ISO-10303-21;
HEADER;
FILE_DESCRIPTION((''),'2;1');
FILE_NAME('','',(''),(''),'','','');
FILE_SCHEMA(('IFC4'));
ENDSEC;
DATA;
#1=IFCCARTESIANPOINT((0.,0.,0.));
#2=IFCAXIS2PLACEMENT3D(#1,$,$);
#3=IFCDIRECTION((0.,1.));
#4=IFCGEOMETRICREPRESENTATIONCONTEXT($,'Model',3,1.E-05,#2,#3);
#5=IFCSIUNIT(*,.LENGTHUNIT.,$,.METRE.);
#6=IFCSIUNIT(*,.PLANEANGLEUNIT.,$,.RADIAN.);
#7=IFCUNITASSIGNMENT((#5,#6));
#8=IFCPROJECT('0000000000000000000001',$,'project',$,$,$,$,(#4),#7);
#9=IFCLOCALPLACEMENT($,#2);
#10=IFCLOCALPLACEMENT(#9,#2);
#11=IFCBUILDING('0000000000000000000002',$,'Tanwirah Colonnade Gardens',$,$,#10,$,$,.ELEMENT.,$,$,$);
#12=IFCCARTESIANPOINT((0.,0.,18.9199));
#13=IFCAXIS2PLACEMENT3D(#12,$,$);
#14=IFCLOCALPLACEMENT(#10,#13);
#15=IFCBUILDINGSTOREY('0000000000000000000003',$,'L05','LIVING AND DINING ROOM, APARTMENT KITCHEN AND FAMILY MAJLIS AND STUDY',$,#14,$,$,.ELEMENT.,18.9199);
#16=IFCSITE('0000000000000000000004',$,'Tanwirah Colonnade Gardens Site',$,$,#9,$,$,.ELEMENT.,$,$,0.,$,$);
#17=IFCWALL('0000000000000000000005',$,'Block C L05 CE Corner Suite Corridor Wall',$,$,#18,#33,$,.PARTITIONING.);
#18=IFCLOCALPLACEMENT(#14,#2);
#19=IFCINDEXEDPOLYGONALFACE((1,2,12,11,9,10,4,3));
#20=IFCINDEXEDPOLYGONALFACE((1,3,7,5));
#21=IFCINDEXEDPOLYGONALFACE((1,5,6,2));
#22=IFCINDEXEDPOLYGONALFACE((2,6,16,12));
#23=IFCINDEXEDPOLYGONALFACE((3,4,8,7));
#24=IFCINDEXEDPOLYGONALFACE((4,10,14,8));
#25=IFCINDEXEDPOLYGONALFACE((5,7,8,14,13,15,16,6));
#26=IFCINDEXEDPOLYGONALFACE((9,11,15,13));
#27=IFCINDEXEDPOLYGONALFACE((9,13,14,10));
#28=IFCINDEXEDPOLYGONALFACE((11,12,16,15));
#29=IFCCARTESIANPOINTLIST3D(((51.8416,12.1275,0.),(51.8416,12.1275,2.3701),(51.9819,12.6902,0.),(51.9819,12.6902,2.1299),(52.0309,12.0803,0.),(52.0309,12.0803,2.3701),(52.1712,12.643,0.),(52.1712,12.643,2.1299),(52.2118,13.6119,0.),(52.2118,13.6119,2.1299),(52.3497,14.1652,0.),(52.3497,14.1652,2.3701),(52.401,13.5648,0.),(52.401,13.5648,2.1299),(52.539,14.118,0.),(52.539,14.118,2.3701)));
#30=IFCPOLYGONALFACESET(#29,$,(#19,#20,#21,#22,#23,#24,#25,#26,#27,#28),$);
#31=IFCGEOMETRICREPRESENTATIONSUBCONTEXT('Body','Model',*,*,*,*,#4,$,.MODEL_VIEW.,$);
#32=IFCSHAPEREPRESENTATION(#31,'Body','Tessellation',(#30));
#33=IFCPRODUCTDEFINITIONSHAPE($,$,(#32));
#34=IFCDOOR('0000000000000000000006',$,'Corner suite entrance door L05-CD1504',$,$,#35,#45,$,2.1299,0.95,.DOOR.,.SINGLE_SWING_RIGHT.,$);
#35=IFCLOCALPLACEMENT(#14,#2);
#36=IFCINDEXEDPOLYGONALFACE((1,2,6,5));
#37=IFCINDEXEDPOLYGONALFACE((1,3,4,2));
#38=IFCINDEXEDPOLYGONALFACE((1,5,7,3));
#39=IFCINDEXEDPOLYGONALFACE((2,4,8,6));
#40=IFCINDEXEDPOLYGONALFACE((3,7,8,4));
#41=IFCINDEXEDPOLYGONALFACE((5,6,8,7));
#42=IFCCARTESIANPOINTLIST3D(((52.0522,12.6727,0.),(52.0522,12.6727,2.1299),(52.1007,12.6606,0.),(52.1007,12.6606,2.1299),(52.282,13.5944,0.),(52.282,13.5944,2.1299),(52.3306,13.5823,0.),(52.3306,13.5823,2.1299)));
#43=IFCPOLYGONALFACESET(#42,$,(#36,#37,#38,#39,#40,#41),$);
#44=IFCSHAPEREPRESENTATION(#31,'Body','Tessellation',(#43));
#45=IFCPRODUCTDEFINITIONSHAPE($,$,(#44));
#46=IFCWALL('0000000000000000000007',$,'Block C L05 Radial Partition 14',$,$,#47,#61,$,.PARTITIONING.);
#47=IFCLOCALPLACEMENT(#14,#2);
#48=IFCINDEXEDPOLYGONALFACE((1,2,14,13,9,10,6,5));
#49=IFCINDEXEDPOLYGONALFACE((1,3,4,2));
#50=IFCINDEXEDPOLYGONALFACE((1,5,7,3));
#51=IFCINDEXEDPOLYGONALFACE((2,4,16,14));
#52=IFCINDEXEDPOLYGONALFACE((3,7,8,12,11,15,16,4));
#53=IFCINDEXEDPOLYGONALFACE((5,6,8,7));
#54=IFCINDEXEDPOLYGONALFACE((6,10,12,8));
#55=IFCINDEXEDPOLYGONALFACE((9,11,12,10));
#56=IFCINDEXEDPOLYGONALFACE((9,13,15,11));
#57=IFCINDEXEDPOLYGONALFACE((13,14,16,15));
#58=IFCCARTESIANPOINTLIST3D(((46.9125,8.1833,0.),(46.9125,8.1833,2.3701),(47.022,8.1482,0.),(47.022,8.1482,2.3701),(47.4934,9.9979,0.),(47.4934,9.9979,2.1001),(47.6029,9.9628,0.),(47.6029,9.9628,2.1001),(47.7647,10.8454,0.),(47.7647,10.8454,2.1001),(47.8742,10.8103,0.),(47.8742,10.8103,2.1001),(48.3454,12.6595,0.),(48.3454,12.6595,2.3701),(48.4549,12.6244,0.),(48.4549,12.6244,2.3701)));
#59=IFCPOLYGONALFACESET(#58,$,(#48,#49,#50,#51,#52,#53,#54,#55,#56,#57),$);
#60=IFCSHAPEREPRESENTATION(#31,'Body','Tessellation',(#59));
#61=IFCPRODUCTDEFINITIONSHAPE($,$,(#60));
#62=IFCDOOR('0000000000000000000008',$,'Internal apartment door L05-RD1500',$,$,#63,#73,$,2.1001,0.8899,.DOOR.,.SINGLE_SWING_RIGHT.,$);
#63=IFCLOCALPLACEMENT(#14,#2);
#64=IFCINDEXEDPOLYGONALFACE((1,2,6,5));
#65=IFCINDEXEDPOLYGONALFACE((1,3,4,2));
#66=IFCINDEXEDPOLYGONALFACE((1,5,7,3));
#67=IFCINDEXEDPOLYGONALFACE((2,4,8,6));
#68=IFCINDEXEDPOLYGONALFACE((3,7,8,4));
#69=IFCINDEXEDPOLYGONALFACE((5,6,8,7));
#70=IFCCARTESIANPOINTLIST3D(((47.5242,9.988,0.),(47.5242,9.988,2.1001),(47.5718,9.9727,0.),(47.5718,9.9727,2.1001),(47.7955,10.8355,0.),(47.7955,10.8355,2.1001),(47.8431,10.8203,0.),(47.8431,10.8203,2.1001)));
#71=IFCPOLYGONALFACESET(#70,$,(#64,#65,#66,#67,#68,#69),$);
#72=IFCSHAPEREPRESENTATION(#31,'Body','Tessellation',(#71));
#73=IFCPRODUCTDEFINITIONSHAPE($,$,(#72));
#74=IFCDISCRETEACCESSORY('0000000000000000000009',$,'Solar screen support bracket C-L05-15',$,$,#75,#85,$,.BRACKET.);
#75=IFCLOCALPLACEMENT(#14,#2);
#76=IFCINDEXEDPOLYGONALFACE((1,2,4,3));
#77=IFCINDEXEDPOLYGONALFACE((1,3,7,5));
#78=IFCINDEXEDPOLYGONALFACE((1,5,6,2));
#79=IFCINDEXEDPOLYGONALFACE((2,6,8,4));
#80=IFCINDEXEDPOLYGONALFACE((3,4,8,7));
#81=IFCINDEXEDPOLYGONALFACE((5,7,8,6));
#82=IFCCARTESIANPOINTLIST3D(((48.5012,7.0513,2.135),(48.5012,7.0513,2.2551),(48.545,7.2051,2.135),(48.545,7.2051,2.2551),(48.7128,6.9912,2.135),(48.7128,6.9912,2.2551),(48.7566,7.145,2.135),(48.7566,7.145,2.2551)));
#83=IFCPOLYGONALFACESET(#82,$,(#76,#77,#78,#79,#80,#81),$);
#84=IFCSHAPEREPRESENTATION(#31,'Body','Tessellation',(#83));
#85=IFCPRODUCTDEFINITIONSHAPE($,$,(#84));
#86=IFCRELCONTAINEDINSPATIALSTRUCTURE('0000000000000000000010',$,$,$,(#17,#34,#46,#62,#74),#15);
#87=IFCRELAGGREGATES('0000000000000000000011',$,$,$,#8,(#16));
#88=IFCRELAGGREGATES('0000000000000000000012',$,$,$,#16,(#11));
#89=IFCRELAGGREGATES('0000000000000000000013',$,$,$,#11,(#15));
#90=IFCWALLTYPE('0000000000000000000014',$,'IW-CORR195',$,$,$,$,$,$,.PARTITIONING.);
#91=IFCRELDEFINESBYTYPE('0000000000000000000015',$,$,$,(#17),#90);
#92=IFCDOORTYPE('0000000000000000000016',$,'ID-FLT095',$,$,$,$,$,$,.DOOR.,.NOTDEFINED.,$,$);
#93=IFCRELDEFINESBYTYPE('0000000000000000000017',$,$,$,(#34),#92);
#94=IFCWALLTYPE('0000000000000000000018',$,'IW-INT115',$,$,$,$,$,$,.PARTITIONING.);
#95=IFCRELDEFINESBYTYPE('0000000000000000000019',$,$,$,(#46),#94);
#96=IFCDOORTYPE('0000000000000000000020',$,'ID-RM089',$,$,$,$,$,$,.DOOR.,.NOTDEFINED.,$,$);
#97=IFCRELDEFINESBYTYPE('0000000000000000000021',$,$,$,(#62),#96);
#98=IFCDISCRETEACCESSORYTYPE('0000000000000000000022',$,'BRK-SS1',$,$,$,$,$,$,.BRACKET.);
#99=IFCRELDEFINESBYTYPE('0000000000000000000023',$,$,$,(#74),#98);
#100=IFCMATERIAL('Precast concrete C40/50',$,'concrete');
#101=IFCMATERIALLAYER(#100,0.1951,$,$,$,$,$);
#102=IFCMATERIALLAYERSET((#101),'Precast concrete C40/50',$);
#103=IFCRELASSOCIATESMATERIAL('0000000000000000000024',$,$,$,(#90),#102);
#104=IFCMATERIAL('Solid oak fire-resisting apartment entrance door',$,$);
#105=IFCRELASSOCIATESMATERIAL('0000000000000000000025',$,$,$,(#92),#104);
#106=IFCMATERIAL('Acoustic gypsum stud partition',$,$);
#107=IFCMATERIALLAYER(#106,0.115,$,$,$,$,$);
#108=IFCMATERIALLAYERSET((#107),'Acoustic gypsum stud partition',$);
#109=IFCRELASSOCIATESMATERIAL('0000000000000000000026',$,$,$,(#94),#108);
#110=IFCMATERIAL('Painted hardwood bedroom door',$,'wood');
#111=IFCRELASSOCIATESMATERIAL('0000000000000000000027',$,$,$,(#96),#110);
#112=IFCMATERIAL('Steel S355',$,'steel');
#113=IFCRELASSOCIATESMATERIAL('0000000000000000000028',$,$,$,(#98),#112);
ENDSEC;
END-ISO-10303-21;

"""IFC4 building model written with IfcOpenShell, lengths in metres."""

from ifc_helpers import new_model, si_unit, direction, frame, frame_2d, origin, origin_2d, place, context, subcontext, project, spatial, rectangle, extrude, material, layer, layer_set, type_object, element, fill, save


model = new_model("IFC4")

# Units and contexts
model_context = context("Model", 3, precision=1e-05, world=origin(), true_north=direction((0.0, 1.0)))
body_context = subcontext(model_context, "Body", "Model", "MODEL_VIEW")
ifc_project = project(units=[si_unit("LENGTHUNIT", "METRE"), si_unit("PLANEANGLEUNIT", "RADIAN")], contexts=[model_context])

# Site, building, storey
site_placement = place(None, origin())
site = spatial("IfcSite", under=ifc_project, at=site_placement, Name="Tanwirah Colonnade Gardens Site", CompositionType="ELEMENT", RefElevation=0.0)
building_placement = place(site_placement, origin())
building = spatial("IfcBuilding", under=site, at=building_placement, Name="Tanwirah Colonnade Gardens", CompositionType="ELEMENT")
storey_placement = place(building_placement, frame((0.0, 0.0, 18.9199)))
storey = spatial("IfcBuildingStorey", under=building, at=storey_placement, Name="L05", Description="LIVING AND DINING ROOM, APARTMENT KITCHEN AND FAMILY MAJLIS AND STUDY", CompositionType="ELEMENT", Elevation=18.9199)

# Shared definitions
ifc_material_1 = material(Name="Precast concrete C40/50", Category="concrete")

# Walls, openings, doors
ifc_layer_1 = layer(ifc_material_1, 0.1951)
ifc_layer_set_1 = layer_set([ifc_layer_1], Name="Precast concrete C40/50")
wall_type_1 = type_object("IfcWallType", Name="IW-CORR195", PredefinedType="PARTITIONING", material=ifc_layer_set_1)
ifc_material_2 = material(Name="Solid oak fire-resisting apartment entrance door")
door_type_1 = type_object("IfcDoorType", Name="ID-FLT095", OperationType="NOTDEFINED", PredefinedType="DOOR", material=ifc_material_2)
wall_1_placement = place(storey_placement, frame((52.4443, 14.1416, 0.0), z_axis=(0.0, 0.0, 1.0), x_axis=(-0.241934, -0.970293, 0.0)))
wall_1 = element("IfcWall", 1, at=wall_1_placement, inside=storey, type_object=wall_type_1, Name="Block C L05 CE Corner Suite Corridor Wall", PredefinedType="PARTITIONING", context=body_context, shape_type="SweptSolid", body=[
    extrude(rectangle(XDim=2.1001, YDim=0.1951, at=frame_2d((1.05, 0.0))), origin(), (0.0, 0.0, 1.0), 2.3701),
])
opening_1_placement = place(wall_1_placement, frame((0.5701, 0.0, 0.0)))
opening_1 = element("IfcOpeningElement", 2, at=opening_1_placement, cuts=wall_1, PredefinedType="OPENING", context=body_context, shape_type="SweptSolid", body=[
    extrude(rectangle(XDim=0.95, YDim=2.1299, at=frame_2d((0.4751, 1.0649))), frame((0.0, 0.1074, 0.0), z_axis=(0.0, -1.0, 0.0), x_axis=(1.0, 0.0, 0.0)), (0.0, 0.0, 1.0), 0.2151),
])
door_1_placement = place(opening_1_placement, origin())
door_1 = element("IfcDoor", 3, at=door_1_placement, inside=storey, type_object=door_type_1, Name="Corner suite entrance door L05-CD1504", OperationType="SINGLE_SWING_RIGHT", OverallHeight=2.1299, OverallWidth=0.95, PredefinedType="DOOR", context=body_context, shape_type="SweptSolid", body=[
    extrude(rectangle(XDim=0.95, YDim=2.1299, at=frame_2d((0.4751, 1.0649))), frame((0.0, 0.0249, 0.0), z_axis=(0.0, -1.0, 0.0), x_axis=(1.0, 0.0, 0.0)), (0.0, 0.0, 1.0), 0.05),
])
fill(opening_1, door_1)
ifc_material_3 = material(Name="Acoustic gypsum stud partition")
ifc_layer_2 = layer(ifc_material_3, 0.115)
ifc_layer_set_2 = layer_set([ifc_layer_2], Name="Acoustic gypsum stud partition")
wall_type_2 = type_object("IfcWallType", Name="IW-INT115", PredefinedType="PARTITIONING", material=ifc_layer_set_2)
wall_2_placement = place(storey_placement, frame((48.4001, 12.6421, 0.0), z_axis=(0.0, 0.0, 1.0), x_axis=(-0.304861, -0.952397, 0.0)))
wall_2 = element("IfcWall", 4, at=wall_2_placement, inside=storey, type_object=wall_type_2, Name="Block C L05 Radial Partition 14", PredefinedType="PARTITIONING", context=body_context, shape_type="SweptSolid", body=[
    extrude(rectangle(XDim=4.7, YDim=0.115, at=frame_2d((2.3501, 0.0))), origin(), (0.0, 0.0, 1.0), 2.3701),
])
opening_2_placement = place(wall_2_placement, frame((1.905, 0.0, 0.0)))
opening_2 = element("IfcOpeningElement", 5, at=opening_2_placement, cuts=wall_2, PredefinedType="OPENING", context=body_context, shape_type="SweptSolid", body=[
    extrude(rectangle(XDim=0.8899, YDim=2.1001, at=frame_2d((0.4448, 1.05))), frame((0.0, 0.0674, 0.0), z_axis=(0.0, -1.0, 0.0), x_axis=(1.0, 0.0, 0.0)), (0.0, 0.0, 1.0), 0.135),
])
ifc_material_4 = material(Name="Painted hardwood bedroom door", Category="wood")
door_type_2 = type_object("IfcDoorType", Name="ID-RM089", OperationType="NOTDEFINED", PredefinedType="DOOR", material=ifc_material_4)
door_2_placement = place(opening_2_placement, origin())
door_2 = element("IfcDoor", 6, at=door_2_placement, inside=storey, type_object=door_type_2, Name="Internal apartment door L05-RD1500", OperationType="SINGLE_SWING_RIGHT", OverallHeight=2.1001, OverallWidth=0.8899, PredefinedType="DOOR", context=body_context, shape_type="SweptSolid", body=[
    extrude(rectangle(XDim=0.8899, YDim=2.1001, at=frame_2d((0.4448, 1.05))), frame((0.0, 0.0249, 0.0), z_axis=(0.0, -1.0, 0.0), x_axis=(1.0, 0.0, 0.0)), (0.0, 0.0, 1.0), 0.05),
])
fill(opening_2, door_2)

# Discrete accessory
ifc_material_5 = material(Name="Steel S355", Category="steel")
discrete_accessory_type = type_object("IfcDiscreteAccessoryType", Name="BRK-SS1", PredefinedType="BRACKET", material=ifc_material_5)
discrete_accessory_placement = place(storey_placement, frame((48.6289, 7.0981, 2.135), z_axis=(0.0, 0.0, 1.0), x_axis=(0.961861, -0.273539, 0.0)))
element("IfcDiscreteAccessory", 7, at=discrete_accessory_placement, inside=storey, type_object=discrete_accessory_type, Name="Solar screen support bracket C-L05-15", PredefinedType="BRACKET", context=body_context, shape_type="SweptSolid", body=[
    extrude(rectangle(XDim=0.22, YDim=0.1599, at=origin_2d()), origin(), (0.0, 0.0, 1.0), 0.1201),
])

save(model, "model.ifc")
